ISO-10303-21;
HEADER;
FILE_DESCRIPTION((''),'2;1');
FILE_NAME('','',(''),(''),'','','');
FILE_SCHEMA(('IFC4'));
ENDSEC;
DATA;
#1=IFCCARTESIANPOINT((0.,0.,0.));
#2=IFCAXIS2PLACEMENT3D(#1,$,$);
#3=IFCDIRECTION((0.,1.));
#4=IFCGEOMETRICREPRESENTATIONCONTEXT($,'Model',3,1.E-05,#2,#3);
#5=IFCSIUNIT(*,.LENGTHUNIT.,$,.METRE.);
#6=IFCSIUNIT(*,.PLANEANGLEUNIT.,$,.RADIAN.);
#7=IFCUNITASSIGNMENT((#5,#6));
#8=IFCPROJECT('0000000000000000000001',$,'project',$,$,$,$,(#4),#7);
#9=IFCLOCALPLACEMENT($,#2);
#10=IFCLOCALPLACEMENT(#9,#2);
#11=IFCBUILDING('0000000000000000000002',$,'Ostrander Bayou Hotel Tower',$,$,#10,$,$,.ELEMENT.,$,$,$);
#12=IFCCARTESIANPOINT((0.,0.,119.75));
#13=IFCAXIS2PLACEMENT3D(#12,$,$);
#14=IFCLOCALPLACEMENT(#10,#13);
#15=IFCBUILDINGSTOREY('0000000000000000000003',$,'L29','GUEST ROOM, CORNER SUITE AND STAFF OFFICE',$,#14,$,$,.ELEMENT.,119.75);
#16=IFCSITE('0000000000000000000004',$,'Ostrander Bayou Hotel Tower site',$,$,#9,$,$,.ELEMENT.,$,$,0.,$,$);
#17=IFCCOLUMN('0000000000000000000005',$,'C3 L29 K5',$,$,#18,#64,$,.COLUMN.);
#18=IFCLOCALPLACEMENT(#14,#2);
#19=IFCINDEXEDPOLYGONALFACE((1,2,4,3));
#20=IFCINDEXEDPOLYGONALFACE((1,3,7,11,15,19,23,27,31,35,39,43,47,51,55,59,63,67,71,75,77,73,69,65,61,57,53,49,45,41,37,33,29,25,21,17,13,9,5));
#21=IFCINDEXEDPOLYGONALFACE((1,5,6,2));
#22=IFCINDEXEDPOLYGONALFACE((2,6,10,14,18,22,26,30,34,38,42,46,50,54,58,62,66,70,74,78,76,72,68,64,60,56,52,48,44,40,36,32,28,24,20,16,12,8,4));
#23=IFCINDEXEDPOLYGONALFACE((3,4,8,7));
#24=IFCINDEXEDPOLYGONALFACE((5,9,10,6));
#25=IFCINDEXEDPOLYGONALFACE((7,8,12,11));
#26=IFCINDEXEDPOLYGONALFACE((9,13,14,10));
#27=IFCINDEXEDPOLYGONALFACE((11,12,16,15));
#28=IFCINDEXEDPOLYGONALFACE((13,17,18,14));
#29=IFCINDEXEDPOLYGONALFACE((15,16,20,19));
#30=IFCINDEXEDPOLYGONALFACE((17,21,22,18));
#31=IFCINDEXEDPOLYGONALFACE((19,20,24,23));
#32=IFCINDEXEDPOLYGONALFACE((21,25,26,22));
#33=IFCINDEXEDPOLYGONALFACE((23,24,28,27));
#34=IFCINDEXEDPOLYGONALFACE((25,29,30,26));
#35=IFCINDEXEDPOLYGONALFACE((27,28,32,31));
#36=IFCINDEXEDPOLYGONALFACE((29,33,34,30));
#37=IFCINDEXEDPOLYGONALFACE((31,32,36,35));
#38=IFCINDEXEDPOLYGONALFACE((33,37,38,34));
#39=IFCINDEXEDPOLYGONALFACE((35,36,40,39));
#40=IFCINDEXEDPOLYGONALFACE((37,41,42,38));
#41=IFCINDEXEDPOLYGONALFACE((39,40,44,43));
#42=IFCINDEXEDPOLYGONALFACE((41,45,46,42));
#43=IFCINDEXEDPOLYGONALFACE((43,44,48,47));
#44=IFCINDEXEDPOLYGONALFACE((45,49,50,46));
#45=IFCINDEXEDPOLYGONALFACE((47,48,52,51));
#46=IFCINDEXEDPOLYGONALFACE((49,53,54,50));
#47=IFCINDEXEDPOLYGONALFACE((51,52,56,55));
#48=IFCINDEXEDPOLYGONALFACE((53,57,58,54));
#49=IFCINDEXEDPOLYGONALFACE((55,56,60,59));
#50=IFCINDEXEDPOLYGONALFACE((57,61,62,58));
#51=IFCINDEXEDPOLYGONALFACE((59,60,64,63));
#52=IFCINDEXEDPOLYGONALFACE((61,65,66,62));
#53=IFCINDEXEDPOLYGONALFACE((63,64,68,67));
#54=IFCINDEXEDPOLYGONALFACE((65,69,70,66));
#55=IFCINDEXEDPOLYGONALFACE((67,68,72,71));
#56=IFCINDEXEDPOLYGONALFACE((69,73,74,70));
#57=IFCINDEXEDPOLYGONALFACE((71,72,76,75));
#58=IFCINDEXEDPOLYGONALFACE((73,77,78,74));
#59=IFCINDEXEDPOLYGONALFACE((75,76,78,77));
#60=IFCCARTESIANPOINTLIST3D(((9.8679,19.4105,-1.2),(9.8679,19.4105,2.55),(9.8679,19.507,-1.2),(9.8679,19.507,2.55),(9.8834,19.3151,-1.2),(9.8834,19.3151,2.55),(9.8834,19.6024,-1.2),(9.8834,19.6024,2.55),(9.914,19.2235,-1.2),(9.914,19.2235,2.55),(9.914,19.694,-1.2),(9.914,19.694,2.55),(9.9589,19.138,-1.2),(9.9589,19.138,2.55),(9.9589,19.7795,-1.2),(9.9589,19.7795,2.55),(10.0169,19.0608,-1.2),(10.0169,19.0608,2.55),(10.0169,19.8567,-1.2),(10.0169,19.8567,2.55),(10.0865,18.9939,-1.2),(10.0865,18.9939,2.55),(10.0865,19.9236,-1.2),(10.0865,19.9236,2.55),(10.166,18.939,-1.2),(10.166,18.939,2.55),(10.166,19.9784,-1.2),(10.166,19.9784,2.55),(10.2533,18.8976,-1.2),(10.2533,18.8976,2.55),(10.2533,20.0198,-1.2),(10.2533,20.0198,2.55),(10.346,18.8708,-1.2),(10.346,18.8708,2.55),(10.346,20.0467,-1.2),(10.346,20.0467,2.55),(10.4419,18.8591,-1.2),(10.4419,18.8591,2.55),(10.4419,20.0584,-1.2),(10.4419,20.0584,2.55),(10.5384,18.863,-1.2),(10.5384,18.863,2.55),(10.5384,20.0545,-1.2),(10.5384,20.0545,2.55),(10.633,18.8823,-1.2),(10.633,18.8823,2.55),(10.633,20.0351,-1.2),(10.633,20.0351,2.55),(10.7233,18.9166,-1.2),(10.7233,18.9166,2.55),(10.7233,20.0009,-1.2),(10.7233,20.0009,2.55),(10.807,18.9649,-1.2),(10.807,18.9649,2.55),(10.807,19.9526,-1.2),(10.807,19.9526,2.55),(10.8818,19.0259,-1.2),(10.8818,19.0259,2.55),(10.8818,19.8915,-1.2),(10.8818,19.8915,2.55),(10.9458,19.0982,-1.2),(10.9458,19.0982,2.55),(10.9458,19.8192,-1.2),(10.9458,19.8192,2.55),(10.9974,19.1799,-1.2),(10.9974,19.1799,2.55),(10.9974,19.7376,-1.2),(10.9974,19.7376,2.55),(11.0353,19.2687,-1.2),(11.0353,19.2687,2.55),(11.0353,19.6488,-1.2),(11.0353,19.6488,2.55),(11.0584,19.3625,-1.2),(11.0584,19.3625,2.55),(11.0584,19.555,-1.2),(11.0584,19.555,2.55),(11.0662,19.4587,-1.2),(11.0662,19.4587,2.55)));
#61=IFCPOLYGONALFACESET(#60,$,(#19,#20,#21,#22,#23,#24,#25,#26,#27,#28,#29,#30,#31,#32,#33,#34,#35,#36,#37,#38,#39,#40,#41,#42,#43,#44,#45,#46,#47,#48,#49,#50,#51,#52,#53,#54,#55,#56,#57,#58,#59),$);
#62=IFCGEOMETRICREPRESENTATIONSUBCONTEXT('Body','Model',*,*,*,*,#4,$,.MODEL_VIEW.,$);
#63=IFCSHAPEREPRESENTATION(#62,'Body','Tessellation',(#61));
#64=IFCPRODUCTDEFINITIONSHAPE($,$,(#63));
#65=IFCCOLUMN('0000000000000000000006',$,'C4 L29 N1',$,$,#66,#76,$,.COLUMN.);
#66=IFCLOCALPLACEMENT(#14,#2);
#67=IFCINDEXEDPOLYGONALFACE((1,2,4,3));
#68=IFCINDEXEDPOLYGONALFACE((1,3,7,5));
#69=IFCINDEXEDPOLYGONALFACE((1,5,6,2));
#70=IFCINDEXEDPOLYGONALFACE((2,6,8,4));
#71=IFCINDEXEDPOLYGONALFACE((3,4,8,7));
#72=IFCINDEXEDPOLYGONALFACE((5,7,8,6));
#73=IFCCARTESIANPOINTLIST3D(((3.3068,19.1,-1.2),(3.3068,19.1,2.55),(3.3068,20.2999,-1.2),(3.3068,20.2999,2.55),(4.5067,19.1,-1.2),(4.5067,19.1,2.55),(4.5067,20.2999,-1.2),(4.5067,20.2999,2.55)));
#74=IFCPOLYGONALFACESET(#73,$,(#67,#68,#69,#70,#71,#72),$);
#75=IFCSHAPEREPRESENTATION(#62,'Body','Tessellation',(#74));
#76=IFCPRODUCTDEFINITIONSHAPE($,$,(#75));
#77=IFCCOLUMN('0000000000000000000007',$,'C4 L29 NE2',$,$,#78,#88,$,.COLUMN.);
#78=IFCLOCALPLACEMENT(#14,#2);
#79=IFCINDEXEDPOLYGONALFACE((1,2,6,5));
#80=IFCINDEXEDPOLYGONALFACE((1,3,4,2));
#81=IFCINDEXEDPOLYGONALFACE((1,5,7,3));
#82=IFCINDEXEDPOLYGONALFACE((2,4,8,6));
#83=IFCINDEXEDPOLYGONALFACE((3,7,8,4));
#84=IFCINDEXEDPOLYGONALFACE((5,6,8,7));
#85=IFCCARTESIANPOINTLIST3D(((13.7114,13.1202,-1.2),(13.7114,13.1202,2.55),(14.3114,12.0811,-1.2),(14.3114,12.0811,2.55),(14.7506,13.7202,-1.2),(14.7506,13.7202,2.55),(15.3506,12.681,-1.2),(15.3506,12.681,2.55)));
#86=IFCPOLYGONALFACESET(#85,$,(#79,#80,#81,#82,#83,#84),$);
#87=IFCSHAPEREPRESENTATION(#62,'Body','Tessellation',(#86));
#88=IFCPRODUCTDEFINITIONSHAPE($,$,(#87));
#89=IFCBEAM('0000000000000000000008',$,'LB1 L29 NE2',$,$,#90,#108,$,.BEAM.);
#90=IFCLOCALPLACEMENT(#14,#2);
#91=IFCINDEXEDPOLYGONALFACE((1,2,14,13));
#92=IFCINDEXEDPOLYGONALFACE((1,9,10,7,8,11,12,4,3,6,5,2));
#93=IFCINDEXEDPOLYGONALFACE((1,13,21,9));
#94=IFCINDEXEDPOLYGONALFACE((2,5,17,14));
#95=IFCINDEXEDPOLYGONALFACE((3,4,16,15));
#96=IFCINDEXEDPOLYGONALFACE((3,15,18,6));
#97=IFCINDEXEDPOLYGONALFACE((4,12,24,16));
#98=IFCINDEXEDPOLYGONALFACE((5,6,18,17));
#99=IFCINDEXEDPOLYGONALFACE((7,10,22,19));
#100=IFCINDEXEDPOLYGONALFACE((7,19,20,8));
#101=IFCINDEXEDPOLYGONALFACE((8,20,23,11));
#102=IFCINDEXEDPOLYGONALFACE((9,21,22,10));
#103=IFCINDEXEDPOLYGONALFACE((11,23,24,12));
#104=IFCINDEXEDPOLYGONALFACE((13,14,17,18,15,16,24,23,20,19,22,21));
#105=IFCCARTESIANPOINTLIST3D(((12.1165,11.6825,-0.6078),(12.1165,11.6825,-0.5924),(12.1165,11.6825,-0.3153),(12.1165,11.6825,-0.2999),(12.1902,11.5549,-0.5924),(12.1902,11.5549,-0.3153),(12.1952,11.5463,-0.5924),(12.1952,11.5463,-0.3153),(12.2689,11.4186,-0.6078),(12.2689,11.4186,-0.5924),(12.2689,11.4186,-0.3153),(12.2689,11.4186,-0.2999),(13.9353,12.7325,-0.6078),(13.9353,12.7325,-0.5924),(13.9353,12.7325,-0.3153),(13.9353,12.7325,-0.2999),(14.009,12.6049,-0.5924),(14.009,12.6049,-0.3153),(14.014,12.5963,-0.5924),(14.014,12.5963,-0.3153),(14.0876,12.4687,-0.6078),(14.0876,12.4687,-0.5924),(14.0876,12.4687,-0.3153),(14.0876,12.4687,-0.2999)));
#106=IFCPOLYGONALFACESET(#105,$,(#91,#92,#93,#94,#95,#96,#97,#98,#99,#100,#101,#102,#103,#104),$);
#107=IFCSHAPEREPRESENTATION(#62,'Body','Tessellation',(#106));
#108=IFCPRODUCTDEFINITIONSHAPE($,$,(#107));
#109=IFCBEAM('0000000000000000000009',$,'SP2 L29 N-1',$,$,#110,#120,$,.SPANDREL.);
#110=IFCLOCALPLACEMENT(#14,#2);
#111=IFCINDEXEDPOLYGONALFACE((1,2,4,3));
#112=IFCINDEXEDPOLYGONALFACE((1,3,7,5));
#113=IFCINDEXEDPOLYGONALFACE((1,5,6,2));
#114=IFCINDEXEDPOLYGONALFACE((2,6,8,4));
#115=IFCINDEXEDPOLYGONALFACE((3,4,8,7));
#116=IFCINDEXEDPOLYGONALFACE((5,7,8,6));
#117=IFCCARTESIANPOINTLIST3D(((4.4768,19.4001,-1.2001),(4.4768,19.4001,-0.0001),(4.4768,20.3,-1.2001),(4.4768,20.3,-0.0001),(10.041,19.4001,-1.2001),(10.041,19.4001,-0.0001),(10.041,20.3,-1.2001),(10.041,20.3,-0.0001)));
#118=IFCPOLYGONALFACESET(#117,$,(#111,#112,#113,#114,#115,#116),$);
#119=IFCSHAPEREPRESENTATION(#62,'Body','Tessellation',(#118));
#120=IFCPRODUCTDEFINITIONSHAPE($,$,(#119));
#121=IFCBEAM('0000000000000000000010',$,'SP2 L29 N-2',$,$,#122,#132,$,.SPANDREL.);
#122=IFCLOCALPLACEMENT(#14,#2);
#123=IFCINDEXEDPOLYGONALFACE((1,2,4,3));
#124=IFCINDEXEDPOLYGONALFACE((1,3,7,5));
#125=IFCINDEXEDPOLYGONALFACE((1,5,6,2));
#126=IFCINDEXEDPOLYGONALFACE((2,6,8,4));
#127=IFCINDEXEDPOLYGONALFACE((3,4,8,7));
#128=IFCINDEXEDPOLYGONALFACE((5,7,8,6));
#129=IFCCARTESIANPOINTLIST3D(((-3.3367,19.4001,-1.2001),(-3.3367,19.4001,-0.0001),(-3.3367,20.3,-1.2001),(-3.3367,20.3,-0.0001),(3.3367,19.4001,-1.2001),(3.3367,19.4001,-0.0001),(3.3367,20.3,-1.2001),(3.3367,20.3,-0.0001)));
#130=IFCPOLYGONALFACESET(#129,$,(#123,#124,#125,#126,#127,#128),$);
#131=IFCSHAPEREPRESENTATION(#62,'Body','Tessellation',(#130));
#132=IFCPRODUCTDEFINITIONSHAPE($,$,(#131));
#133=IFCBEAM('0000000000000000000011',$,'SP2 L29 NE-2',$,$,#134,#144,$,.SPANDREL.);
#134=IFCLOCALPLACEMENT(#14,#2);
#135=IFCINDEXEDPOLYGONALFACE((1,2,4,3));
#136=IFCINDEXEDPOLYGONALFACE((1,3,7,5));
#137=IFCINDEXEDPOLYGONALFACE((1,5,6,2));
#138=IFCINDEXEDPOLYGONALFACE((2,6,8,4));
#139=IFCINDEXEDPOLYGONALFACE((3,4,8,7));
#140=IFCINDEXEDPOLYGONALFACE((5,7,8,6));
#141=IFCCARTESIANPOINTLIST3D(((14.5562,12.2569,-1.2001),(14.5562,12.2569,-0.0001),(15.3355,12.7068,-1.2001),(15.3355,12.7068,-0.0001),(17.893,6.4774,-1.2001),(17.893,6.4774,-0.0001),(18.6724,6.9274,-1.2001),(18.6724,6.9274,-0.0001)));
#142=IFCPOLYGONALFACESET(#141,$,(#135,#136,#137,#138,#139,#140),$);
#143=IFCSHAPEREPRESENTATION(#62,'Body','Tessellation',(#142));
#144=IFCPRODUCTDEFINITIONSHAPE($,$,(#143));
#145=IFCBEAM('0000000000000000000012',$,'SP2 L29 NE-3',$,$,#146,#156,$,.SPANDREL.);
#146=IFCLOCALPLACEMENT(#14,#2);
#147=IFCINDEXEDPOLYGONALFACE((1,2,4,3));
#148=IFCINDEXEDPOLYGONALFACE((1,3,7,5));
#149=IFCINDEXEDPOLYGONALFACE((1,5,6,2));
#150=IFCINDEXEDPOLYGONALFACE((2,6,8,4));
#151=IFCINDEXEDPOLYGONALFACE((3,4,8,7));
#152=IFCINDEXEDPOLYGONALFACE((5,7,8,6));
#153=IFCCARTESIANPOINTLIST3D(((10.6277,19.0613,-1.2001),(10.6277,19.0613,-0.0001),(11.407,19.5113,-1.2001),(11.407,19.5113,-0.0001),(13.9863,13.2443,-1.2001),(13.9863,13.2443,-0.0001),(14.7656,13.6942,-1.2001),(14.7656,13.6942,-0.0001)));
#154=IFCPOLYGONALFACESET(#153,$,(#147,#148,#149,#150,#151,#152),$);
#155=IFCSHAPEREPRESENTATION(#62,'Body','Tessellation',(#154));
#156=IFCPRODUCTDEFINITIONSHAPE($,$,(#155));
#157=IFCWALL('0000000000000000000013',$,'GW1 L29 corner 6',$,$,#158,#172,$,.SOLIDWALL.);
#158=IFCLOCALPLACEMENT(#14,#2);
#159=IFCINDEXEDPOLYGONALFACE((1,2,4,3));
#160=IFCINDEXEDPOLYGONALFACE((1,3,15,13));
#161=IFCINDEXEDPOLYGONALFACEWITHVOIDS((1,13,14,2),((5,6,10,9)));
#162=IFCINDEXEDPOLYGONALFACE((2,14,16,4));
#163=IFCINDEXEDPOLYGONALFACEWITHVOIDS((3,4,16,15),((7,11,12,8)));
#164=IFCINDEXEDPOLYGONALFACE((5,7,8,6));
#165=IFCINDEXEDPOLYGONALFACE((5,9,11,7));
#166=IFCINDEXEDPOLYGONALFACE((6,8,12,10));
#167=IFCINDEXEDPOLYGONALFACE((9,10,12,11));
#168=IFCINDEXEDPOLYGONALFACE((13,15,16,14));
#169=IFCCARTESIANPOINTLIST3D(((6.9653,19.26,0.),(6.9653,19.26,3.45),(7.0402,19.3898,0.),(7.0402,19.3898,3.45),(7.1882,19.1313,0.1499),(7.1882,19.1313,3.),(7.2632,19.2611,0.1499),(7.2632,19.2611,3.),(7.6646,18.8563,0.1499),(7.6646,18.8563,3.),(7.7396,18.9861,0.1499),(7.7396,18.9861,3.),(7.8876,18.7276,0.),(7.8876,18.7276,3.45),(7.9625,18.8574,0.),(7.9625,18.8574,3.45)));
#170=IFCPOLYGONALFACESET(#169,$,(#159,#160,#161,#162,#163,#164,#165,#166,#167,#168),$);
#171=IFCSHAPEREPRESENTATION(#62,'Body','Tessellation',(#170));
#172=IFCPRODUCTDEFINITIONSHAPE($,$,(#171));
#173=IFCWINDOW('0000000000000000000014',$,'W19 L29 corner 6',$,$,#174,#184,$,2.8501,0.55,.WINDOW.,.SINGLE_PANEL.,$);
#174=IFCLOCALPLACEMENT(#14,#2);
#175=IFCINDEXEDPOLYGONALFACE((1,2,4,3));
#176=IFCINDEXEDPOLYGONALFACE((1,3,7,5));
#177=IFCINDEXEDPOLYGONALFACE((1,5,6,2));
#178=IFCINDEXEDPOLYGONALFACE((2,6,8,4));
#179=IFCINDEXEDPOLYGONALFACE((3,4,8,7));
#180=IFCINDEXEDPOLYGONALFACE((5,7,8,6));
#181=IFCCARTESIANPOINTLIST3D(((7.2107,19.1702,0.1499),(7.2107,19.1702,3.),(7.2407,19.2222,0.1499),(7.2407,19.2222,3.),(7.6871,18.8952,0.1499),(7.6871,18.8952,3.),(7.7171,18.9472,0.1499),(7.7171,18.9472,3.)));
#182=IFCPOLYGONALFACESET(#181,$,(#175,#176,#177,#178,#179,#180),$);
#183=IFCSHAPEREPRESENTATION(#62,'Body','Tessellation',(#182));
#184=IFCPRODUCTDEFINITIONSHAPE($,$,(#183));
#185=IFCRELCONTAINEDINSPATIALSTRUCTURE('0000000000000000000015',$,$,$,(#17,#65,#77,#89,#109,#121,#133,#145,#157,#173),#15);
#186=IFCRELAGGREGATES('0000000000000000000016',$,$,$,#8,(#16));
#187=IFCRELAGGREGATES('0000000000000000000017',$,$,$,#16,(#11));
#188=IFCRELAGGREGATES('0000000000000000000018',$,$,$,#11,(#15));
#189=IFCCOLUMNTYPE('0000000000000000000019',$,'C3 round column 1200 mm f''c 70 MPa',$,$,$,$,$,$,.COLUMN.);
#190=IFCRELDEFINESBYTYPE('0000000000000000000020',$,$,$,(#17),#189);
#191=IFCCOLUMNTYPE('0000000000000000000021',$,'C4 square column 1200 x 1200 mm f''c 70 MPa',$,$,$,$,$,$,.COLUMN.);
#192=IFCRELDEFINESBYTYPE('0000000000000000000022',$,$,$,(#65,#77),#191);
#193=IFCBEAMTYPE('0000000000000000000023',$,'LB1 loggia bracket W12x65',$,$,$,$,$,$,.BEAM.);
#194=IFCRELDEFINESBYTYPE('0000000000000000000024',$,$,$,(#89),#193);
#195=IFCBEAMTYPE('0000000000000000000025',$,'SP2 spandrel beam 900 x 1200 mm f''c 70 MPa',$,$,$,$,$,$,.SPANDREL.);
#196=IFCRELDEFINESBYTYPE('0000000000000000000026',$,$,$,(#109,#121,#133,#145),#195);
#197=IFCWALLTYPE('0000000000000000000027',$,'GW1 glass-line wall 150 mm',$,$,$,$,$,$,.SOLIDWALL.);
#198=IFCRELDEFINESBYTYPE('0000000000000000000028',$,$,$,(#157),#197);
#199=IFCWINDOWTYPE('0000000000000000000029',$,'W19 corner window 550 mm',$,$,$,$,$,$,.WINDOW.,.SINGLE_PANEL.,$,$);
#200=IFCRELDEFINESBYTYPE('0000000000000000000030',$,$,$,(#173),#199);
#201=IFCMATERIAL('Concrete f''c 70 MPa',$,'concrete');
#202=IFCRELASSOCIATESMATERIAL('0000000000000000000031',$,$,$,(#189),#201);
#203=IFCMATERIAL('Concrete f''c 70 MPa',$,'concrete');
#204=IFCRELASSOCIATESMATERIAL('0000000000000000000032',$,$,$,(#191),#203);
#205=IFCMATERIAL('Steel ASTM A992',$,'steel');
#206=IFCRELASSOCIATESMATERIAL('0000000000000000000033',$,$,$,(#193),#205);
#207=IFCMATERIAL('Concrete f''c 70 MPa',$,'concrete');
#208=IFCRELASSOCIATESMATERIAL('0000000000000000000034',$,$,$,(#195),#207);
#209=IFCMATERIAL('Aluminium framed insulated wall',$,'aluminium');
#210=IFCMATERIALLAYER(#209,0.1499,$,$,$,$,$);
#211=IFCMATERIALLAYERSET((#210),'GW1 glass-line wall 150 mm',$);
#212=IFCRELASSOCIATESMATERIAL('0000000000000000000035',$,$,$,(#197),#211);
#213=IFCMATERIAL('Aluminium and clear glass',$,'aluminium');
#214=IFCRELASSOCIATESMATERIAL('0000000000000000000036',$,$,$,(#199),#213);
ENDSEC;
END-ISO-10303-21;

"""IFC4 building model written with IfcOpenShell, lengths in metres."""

from ifc_helpers import new_model, si_unit, direction, frame, frame_2d, origin, origin_2d, place, context, subcontext, project, spatial, rectangle, circle, i_section, extrude, material, layer, layer_set, material_profile, profile_set, type_object, element, fill, save


model = new_model("IFC4")

# Units and contexts
model_context = context("Model", 3, precision=1e-05, world=origin(), true_north=direction((0.0, 1.0)))
body_context = subcontext(model_context, "Body", "Model", "MODEL_VIEW")
ifc_project = project(units=[si_unit("LENGTHUNIT", "METRE"), si_unit("PLANEANGLEUNIT", "RADIAN")], contexts=[model_context])

# Site, building, storey
site_placement = place(None, origin())
site = spatial("IfcSite", under=ifc_project, at=site_placement, Name="Ostrander Bayou Hotel Tower site", CompositionType="ELEMENT", RefElevation=0.0)
building_placement = place(site_placement, origin())
building = spatial("IfcBuilding", under=site, at=building_placement, Name="Ostrander Bayou Hotel Tower", CompositionType="ELEMENT")
storey_placement = place(building_placement, frame((0.0, 0.0, 119.75)))
storey = spatial("IfcBuildingStorey", under=building, at=storey_placement, Name="L29", Description="GUEST ROOM, CORNER SUITE AND STAFF OFFICE", CompositionType="ELEMENT", Elevation=119.75)

# Columns
ifc_material_1 = material(Name="Concrete f'c 70 MPa", Category="concrete")
ifc_material_profile_1 = material_profile(ifc_material_1, circle(Radius=0.6001, at=origin_2d()))
ifc_profile_set_1 = profile_set([ifc_material_profile_1], Name="Concrete f'c 70 MPa")
column_type_1 = type_object("IfcColumnType", Name="C3 round column 1200 mm f'c 70 MPa", PredefinedType="COLUMN", material=ifc_profile_set_1)
column_placement = place(storey_placement, frame((10.4661, 19.4587, -1.2), z_axis=(0.0, 0.0, 1.0), x_axis=(1.0, 0.0, 0.0)))
element("IfcColumn", 1, at=column_placement, inside=storey, type_object=column_type_1, Name="C3 L29 K5", PredefinedType="COLUMN", context=body_context, shape_type="SweptSolid", body=[
    extrude(circle(Radius=0.6001, at=origin_2d()), origin(), (0.0, 0.0, 1.0), 3.75),
])
ifc_material_2 = material(Name="Concrete f'c 70 MPa", Category="concrete")
ifc_material_profile_2 = material_profile(ifc_material_2, rectangle(XDim=1.2, YDim=1.2, at=origin_2d()))
ifc_profile_set_2 = profile_set([ifc_material_profile_2], Name="Concrete f'c 70 MPa")
column_type_2 = type_object("IfcColumnType", Name="C4 square column 1200 x 1200 mm f'c 70 MPa", PredefinedType="COLUMN", material=ifc_profile_set_2)
for number, where, z_axis, x_axis, name in (
    (2, (3.9067, 19.7, -1.2), (0.0, 0.0, 1.0), (1.0, 0.0, 0.0), "C4 L29 N1"),
    (3, (14.531, 12.9006, -1.2), (0.0, 0.0, 1.0), (0.5, -0.866025, 0.0), "C4 L29 NE2"),
):
    element("IfcColumn", number, at=place(storey_placement, frame(where, z_axis=z_axis, x_axis=x_axis)), inside=storey, type_object=column_type_2, Name=name, PredefinedType="COLUMN", context=body_context, shape_type="SweptSolid", body=[
        extrude(rectangle(XDim=1.2, YDim=1.2, at=origin_2d()), origin(), (0.0, 0.0, 1.0), 3.75),
    ])

# Beams
ifc_material_3 = material(Name="Steel ASTM A992", Category="steel")
ifc_material_profile_3 = material_profile(ifc_material_3, i_section(OverallWidth=0.3047, OverallDepth=0.3079, WebThickness=0.01, FlangeThickness=0.0154, at=origin_2d()))
ifc_profile_set_3 = profile_set([ifc_material_profile_3], Name="Steel ASTM A992")
beam_type_1 = type_object("IfcBeamType", Name="LB1 loggia bracket W12x65", PredefinedType="BEAM", material=ifc_profile_set_3)
beam_1_placement = place(storey_placement, frame((14.0115, 12.6006, -0.4539), z_axis=(-0.866038, -0.499977, 0.0), x_axis=(0.499977, -0.866038, 0.0)))
element("IfcBeam", 4, at=beam_1_placement, inside=storey, type_object=beam_type_1, Name="LB1 L29 NE2", PredefinedType="BEAM", context=body_context, shape_type="SweptSolid", body=[
    extrude(i_section(OverallWidth=0.3047, OverallDepth=0.3079, WebThickness=0.01, FlangeThickness=0.0154, at=origin_2d()), origin(), (0.0, 0.0, 1.0), 2.1001),
])
ifc_material_4 = material(Name="Concrete f'c 70 MPa", Category="concrete")
ifc_material_profile_4 = material_profile(ifc_material_4, rectangle(XDim=0.8999, YDim=1.2, at=origin_2d()))
ifc_profile_set_4 = profile_set([ifc_material_profile_4], Name="Concrete f'c 70 MPa")
beam_type_2 = type_object("IfcBeamType", Name="SP2 spandrel beam 900 x 1200 mm f'c 70 MPa", PredefinedType="SPANDREL", material=ifc_profile_set_4)
beam_2_placement = place(storey_placement, frame((10.041, 19.8501, -0.6001), z_axis=(-1.0, 0.0, 0.0), x_axis=(0.0, -1.0, 0.0)))
element("IfcBeam", 5, at=beam_2_placement, inside=storey, type_object=beam_type_2, Name="SP2 L29 N-1", PredefinedType="SPANDREL", context=body_context, shape_type="SweptSolid", body=[
    extrude(rectangle(XDim=0.8999, YDim=1.2, at=origin_2d()), origin(), (0.0, 0.0, 1.0), 5.5642),
])
beam_3_placement = place(storey_placement, frame((3.3367, 19.8501, -0.6001), z_axis=(-1.0, 0.0, 0.0), x_axis=(0.0, -1.0, 0.0)))
element("IfcBeam", 6, at=beam_3_placement, inside=storey, type_object=beam_type_2, Name="SP2 L29 N-2", PredefinedType="SPANDREL", context=body_context, shape_type="SweptSolid", body=[
    extrude(rectangle(XDim=0.8999, YDim=1.2, at=origin_2d()), origin(), (0.0, 0.0, 1.0), 6.6733),
])
beam_4_placement = place(storey_placement, frame((18.2827, 6.7024, -0.6001), z_axis=(-0.500011, 0.866019, 0.0), x_axis=(-0.866019, -0.500011, 0.0)))
element("IfcBeam", 7, at=beam_4_placement, inside=storey, type_object=beam_type_2, Name="SP2 L29 NE-2", PredefinedType="SPANDREL", context=body_context, shape_type="SweptSolid", body=[
    extrude(rectangle(XDim=0.8999, YDim=1.2, at=origin_2d()), origin(), (0.0, 0.0, 1.0), 6.6736),
])
beam_5_placement = place(storey_placement, frame((14.376, 13.4692, -0.6001), z_axis=(-0.500013, 0.866018, 0.0), x_axis=(-0.866018, -0.500013, 0.0)))
element("IfcBeam", 8, at=beam_5_placement, inside=storey, type_object=beam_type_2, Name="SP2 L29 NE-3", PredefinedType="SPANDREL", context=body_context, shape_type="SweptSolid", body=[
    extrude(rectangle(XDim=0.8999, YDim=1.2, at=origin_2d()), origin(), (0.0, 0.0, 1.0), 6.717),
])

# Wall, opening, window
ifc_material_5 = material(Name="Aluminium framed insulated wall", Category="aluminium")
ifc_layer_1 = layer(ifc_material_5, 0.1499)
ifc_layer_set_1 = layer_set([ifc_layer_1], Name="GW1 glass-line wall 150 mm")
wall_type_1 = type_object("IfcWallType", Name="GW1 glass-line wall 150 mm", PredefinedType="SOLIDWALL", material=ifc_layer_set_1)
wall_1_placement = place(storey_placement, frame((7.925, 18.7925, 0.0), z_axis=(0.0, 0.0, 1.0), x_axis=(-0.866048, 0.499961, 0.0)))
wall_1 = element("IfcWall", 9, at=wall_1_placement, inside=storey, type_object=wall_type_1, Name="GW1 L29 corner 6", PredefinedType="SOLIDWALL", context=body_context, shape_type="SweptSolid", body=[
    extrude(rectangle(XDim=1.0649, YDim=0.1499, at=frame_2d((0.5325, 0.0))), origin(), (0.0, 0.0, 1.0), 3.45),
])
opening_1_placement = place(wall_1_placement, frame((0.2576, 0.0, 0.1499)))
opening_1 = element("IfcOpeningElement", 10, at=opening_1_placement, cuts=wall_1, PredefinedType="OPENING", context=body_context, shape_type="SweptSolid", body=[
    extrude(rectangle(XDim=0.55, YDim=2.8501, at=frame_2d((0.2749, 1.425))), frame((0.0, 0.075, 0.0), z_axis=(0.0, -1.0, 0.0), x_axis=(1.0, 0.0, 0.0)), (0.0, 0.0, 1.0), 0.1499),
])
ifc_material_6 = material(Name="Aluminium and clear glass", Category="aluminium")
window_type_1 = type_object("IfcWindowType", Name="W19 corner window 550 mm", PartitioningType="SINGLE_PANEL", PredefinedType="WINDOW", material=ifc_material_6)
window_1_placement = place(opening_1_placement, origin())
window_1 = element("IfcWindow", 11, at=window_1_placement, inside=storey, type_object=window_type_1, Name="W19 L29 corner 6", OverallHeight=2.8501, OverallWidth=0.55, PartitioningType="SINGLE_PANEL", PredefinedType="WINDOW", context=body_context, shape_type="SweptSolid", body=[
    extrude(rectangle(XDim=0.55, YDim=2.8501, at=frame_2d((0.2749, 1.425))), frame((0.0, 0.03, 0.0), z_axis=(0.0, -1.0, 0.0), x_axis=(1.0, 0.0, 0.0)), (0.0, 0.0, 1.0), 0.0601),
])
fill(opening_1, window_1)

save(model, "model.ifc")
